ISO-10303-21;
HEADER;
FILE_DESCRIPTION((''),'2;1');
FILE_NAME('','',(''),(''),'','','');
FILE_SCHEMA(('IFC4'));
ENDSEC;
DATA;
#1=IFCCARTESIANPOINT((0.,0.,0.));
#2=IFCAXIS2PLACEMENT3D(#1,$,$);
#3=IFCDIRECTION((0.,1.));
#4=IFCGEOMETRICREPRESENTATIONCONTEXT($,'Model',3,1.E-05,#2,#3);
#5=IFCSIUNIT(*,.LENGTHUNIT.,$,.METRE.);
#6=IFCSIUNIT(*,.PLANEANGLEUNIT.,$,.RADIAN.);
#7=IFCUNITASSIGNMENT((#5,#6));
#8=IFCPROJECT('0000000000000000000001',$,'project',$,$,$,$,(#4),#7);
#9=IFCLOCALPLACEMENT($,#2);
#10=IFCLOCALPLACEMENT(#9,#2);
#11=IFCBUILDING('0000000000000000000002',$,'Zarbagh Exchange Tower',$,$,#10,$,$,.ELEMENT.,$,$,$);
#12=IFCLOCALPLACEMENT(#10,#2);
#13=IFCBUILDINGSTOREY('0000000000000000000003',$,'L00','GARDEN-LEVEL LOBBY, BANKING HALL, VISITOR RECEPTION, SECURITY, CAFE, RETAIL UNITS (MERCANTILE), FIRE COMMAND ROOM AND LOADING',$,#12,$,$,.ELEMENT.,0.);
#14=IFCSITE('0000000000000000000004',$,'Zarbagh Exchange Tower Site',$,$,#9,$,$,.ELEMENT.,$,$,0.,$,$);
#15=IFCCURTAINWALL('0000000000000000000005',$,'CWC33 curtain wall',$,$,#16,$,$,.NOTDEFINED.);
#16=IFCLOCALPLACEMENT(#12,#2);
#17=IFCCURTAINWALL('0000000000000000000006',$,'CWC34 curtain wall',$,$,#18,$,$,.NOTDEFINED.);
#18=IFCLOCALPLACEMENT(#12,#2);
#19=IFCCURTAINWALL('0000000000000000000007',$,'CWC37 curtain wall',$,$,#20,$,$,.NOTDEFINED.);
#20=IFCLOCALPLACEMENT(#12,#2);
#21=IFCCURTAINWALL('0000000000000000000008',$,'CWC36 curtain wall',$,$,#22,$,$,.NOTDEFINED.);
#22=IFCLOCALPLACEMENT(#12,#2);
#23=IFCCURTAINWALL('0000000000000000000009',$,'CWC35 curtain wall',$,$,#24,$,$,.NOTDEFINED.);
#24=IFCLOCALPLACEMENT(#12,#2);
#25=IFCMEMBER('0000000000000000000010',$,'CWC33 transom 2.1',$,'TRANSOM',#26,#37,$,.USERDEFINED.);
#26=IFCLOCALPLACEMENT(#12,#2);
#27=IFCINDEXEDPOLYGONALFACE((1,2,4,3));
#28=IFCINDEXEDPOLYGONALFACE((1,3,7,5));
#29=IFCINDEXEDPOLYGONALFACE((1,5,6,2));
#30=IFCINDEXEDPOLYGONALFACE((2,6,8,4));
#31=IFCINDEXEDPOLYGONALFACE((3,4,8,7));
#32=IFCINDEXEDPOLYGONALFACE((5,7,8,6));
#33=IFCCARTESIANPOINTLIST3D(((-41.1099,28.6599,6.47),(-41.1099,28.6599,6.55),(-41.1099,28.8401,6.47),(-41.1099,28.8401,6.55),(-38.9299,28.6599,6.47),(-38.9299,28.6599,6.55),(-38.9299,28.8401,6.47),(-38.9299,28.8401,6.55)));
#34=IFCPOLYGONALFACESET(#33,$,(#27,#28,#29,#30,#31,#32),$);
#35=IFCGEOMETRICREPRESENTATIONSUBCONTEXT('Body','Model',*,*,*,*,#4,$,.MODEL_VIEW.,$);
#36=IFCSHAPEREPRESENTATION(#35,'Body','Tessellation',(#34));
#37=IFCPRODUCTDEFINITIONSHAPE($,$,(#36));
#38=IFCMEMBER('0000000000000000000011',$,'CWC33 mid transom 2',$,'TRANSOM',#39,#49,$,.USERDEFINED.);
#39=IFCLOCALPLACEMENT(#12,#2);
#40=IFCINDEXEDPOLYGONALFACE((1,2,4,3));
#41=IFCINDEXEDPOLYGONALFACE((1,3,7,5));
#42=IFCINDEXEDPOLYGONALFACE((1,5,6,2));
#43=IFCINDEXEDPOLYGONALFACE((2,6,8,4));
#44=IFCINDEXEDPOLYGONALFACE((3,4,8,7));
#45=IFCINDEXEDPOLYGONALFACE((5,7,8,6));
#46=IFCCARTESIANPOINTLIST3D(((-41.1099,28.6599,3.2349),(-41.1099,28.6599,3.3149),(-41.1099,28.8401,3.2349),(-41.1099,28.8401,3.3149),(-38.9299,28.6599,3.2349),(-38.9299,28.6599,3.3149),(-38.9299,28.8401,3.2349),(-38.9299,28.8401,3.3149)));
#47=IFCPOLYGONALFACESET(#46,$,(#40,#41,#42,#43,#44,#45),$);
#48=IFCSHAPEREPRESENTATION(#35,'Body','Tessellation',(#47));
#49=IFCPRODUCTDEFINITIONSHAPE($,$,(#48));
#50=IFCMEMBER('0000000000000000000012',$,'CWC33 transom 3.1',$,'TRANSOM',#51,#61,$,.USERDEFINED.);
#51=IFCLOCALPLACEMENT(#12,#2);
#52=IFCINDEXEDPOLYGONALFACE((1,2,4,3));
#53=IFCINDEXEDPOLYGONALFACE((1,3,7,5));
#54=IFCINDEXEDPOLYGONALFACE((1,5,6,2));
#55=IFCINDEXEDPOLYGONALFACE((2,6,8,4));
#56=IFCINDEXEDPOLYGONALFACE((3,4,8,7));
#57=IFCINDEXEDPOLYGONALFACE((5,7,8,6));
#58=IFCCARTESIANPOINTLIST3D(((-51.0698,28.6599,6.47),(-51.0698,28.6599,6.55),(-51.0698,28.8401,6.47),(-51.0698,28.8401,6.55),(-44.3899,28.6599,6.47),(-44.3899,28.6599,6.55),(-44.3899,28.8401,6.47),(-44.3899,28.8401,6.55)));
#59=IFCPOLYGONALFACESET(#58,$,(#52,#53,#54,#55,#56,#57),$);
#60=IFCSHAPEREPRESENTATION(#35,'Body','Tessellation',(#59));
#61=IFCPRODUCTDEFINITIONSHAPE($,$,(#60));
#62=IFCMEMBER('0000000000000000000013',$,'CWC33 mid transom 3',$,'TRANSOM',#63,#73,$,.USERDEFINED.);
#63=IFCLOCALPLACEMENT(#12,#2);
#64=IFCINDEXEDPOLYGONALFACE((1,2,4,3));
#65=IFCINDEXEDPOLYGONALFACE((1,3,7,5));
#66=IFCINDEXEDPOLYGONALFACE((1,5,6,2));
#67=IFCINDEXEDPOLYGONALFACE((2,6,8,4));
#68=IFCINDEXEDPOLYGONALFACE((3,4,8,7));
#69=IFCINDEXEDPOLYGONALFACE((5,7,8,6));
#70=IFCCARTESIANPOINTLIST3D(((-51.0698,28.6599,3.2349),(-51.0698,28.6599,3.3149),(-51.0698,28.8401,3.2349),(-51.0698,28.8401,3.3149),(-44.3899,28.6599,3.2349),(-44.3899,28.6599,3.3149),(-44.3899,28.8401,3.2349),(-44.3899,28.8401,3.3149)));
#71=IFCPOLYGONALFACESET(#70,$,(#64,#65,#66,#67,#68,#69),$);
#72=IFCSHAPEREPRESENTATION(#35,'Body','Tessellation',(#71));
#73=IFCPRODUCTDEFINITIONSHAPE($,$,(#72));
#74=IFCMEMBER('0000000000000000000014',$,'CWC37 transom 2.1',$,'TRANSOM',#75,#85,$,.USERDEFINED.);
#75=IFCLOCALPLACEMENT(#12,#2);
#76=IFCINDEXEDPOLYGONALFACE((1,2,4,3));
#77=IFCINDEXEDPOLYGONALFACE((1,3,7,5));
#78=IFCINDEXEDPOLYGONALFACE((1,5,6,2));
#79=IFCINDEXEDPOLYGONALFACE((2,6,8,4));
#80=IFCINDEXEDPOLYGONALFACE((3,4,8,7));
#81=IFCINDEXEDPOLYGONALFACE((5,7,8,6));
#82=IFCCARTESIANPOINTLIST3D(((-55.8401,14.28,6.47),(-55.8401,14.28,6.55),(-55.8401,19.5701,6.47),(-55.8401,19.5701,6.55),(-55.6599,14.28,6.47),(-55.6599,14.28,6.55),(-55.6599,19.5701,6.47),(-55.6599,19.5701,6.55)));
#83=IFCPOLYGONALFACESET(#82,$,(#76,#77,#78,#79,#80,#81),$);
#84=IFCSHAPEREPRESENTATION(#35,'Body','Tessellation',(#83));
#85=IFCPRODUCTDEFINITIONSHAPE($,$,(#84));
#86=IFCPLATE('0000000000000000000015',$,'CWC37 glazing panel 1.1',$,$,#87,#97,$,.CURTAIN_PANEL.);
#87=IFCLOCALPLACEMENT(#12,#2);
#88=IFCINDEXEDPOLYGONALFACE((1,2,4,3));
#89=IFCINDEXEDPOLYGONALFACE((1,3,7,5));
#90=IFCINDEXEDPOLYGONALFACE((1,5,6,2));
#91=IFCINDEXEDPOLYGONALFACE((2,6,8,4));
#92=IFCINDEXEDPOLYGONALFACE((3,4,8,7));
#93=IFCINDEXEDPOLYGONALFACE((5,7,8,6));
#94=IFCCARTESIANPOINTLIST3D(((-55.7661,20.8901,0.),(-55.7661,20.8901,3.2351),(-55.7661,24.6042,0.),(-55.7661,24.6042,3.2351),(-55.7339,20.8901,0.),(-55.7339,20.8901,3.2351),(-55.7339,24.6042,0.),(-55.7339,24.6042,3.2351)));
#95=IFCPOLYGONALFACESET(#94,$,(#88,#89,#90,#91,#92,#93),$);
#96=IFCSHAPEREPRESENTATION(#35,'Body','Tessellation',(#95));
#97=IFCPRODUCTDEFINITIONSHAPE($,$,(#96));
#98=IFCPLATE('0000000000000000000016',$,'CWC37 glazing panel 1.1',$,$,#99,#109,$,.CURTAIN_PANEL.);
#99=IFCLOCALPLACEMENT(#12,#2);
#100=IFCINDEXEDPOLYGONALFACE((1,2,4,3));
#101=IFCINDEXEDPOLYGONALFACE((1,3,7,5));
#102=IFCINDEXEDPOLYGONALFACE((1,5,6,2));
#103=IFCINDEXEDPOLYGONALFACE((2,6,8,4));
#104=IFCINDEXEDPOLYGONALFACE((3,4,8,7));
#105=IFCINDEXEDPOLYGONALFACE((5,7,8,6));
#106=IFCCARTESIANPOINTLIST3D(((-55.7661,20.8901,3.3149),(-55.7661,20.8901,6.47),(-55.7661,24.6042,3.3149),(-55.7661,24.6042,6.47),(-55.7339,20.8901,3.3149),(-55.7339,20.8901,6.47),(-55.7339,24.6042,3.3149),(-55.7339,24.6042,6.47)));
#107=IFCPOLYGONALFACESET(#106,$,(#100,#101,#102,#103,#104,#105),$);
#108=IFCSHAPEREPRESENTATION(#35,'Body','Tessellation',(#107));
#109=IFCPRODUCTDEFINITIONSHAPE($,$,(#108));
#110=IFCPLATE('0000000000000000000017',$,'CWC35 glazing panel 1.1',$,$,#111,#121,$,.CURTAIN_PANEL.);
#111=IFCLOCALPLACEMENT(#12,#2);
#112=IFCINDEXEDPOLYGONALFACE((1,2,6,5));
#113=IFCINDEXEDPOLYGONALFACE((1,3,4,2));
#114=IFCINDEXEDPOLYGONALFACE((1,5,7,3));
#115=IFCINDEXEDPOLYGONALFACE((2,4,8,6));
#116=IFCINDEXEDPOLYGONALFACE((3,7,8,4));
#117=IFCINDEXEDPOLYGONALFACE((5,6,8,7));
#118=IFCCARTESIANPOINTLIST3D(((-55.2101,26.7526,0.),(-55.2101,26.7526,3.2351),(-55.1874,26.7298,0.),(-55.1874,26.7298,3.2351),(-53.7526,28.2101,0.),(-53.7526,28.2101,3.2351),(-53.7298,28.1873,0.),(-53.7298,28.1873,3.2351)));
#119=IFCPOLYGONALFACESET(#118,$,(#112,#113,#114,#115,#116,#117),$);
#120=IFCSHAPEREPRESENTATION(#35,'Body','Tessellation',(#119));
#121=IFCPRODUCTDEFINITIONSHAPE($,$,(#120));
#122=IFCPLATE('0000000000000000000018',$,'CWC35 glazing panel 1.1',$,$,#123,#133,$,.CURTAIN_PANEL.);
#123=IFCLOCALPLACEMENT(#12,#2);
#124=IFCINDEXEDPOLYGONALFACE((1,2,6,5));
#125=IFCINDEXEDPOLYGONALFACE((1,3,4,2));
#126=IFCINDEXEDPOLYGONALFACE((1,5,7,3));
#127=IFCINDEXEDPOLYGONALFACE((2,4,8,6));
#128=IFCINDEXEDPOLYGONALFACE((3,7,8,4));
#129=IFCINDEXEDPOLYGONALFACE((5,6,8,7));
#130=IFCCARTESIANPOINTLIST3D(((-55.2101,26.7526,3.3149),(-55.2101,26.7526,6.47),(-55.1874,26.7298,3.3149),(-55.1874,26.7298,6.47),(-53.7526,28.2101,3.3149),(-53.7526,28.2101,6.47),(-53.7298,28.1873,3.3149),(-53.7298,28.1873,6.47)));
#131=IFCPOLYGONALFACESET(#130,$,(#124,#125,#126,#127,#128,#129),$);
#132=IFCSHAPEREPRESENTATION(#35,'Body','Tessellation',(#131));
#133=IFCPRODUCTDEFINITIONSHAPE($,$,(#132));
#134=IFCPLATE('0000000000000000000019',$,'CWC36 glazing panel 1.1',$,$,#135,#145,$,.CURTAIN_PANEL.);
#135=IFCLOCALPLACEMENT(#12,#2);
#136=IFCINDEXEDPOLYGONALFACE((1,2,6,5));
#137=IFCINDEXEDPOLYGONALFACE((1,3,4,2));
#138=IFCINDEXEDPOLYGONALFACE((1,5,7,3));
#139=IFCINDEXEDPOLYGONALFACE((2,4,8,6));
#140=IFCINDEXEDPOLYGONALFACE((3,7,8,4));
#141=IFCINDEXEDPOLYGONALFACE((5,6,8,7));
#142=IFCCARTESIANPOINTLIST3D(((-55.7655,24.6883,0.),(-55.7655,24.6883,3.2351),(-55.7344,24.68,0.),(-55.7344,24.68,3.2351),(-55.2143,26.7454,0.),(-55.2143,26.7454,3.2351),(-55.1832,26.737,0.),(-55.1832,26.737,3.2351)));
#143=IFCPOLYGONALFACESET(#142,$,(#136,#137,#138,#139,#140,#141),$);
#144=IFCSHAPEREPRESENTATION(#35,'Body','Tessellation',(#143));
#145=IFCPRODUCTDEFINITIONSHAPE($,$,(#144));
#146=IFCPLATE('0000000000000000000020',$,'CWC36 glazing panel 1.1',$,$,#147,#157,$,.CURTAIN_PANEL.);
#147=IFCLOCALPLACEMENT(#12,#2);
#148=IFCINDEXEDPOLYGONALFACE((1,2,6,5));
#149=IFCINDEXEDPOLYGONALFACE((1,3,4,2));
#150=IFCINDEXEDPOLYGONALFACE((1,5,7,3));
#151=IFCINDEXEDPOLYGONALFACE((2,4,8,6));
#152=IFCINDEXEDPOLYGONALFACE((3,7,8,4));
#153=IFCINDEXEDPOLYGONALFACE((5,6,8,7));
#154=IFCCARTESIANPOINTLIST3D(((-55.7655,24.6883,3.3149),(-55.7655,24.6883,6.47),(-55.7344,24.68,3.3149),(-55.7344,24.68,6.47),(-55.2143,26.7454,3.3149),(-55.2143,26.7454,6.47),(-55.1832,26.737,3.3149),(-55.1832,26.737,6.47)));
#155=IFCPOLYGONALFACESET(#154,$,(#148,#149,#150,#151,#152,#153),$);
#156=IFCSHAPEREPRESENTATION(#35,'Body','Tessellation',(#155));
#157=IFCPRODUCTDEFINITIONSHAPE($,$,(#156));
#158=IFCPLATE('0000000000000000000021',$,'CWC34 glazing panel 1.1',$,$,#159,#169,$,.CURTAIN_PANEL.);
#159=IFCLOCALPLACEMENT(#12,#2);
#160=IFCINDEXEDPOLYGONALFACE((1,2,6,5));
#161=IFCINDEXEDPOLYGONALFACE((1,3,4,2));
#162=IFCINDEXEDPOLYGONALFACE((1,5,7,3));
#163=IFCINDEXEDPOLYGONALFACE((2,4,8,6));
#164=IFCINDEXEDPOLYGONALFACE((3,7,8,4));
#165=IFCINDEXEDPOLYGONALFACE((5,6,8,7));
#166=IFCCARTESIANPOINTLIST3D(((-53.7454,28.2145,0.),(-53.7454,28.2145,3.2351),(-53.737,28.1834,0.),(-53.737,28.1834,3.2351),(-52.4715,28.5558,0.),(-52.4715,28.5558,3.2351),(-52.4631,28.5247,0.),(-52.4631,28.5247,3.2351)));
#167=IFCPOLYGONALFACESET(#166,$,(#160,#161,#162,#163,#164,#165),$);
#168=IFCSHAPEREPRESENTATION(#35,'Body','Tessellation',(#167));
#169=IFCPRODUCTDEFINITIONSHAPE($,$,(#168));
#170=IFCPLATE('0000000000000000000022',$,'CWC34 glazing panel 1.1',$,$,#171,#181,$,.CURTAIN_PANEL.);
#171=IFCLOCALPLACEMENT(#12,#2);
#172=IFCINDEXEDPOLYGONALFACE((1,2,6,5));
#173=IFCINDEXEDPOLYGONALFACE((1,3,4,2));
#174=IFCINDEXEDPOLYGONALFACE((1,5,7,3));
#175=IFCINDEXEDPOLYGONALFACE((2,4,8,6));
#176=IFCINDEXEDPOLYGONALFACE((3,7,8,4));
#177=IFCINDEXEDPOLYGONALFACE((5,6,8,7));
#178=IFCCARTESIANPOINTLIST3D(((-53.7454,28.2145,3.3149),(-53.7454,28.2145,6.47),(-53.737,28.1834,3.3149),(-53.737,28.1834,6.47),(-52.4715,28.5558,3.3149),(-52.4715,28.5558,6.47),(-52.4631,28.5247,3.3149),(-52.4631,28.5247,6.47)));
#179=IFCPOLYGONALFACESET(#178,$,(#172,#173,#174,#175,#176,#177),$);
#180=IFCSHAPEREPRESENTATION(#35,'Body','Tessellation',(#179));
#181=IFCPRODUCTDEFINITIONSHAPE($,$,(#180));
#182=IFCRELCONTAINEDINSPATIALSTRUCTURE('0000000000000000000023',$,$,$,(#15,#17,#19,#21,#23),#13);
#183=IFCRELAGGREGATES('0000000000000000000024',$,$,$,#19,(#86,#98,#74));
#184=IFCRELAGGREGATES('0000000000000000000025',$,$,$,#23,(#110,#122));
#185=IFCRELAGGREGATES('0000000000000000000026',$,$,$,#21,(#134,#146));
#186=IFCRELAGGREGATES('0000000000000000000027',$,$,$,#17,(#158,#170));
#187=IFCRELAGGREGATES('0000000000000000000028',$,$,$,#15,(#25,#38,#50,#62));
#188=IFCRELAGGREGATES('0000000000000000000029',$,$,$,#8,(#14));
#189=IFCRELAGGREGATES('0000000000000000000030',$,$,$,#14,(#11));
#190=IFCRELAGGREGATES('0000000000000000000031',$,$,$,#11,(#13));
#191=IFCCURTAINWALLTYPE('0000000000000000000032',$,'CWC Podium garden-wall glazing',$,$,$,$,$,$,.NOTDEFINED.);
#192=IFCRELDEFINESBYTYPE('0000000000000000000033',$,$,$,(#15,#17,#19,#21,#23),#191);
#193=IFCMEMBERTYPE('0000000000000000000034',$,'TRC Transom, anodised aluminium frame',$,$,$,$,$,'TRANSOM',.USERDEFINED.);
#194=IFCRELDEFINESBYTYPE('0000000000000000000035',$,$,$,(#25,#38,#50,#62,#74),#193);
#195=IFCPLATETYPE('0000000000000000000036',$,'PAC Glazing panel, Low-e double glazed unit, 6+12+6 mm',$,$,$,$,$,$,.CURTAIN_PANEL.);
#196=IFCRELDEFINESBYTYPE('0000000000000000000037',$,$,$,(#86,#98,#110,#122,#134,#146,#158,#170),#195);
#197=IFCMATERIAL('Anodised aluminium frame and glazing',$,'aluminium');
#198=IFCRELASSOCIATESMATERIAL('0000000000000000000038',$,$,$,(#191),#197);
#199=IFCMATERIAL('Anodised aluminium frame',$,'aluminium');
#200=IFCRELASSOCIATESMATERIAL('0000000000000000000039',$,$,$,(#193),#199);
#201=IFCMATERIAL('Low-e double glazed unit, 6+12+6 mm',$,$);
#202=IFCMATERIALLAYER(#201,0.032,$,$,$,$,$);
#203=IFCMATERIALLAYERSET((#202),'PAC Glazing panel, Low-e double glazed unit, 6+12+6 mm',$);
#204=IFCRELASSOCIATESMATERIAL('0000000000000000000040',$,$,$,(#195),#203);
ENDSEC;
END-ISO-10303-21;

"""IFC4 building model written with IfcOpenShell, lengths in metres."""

from ifc_helpers import new_model, si_unit, direction, origin, place, context, subcontext, project, spatial, polyline, outline, extrude, source, transform, mapped, material, layer, layer_set, type_object, element, aggregate, save


model = new_model("IFC4")

# Units and contexts
model_context = context("Model", 3, precision=1e-05, world=origin(), true_north=direction((0.0, 1.0)))
body_context = subcontext(model_context, "Body", "Model", "MODEL_VIEW")
ifc_project = project(units=[si_unit("LENGTHUNIT", "METRE"), si_unit("PLANEANGLEUNIT", "RADIAN")], contexts=[model_context])

# Site, building, storey
site_placement = place(None, origin())
site = spatial("IfcSite", under=ifc_project, at=site_placement, Name="Zarbagh Exchange Tower Site", CompositionType="ELEMENT", RefElevation=0.0)
building_placement = place(site_placement, origin())
building = spatial("IfcBuilding", under=site, at=building_placement, Name="Zarbagh Exchange Tower", CompositionType="ELEMENT")
storey_placement = place(building_placement, origin())
storey = spatial("IfcBuildingStorey", under=building, at=storey_placement, Name="L00", Description="GARDEN-LEVEL LOBBY, BANKING HALL, VISITOR RECEPTION, SECURITY, CAFE, RETAIL UNITS (MERCANTILE), FIRE COMMAND ROOM AND LOADING", CompositionType="ELEMENT", Elevation=0.0)

# Curtain wall
ifc_material_1 = material(Name="Anodised aluminium frame and glazing", Category="aluminium")
curtain_wall_type = type_object("IfcCurtainWallType", Name="CWC Podium garden-wall glazing", PredefinedType="NOTDEFINED", material=ifc_material_1)
curtain_wall_1_placement = place(storey_placement, origin())
curtain_wall_1 = element("IfcCurtainWall", 1, at=curtain_wall_1_placement, inside=storey, type_object=curtain_wall_type, Name="CWC33 curtain wall", PredefinedType="NOTDEFINED")
ifc_material_2 = material(Name="Anodised aluminium frame", Category="aluminium")
placement = place(storey_placement, origin())

# Curtain wall
curtain_wall_2_placement = place(storey_placement, origin())
curtain_wall_2 = element("IfcCurtainWall", 2, at=curtain_wall_2_placement, inside=storey, type_object=curtain_wall_type, Name="CWC34 curtain wall", PredefinedType="NOTDEFINED")

# Curtain walls
curtain_wall_3_placement = place(storey_placement, origin())
curtain_wall_3 = element("IfcCurtainWall", 3, at=curtain_wall_3_placement, inside=storey, type_object=curtain_wall_type, Name="CWC37 curtain wall", PredefinedType="NOTDEFINED")
member_type_1 = type_object("IfcMemberType", Name="TRC Transom, anodised aluminium frame", ElementType="TRANSOM", PredefinedType="USERDEFINED", material=ifc_material_2)
curtain_wall_4_placement = place(storey_placement, origin())
curtain_wall_4 = element("IfcCurtainWall", 4, at=curtain_wall_4_placement, inside=storey, type_object=curtain_wall_type, Name="CWC36 curtain wall", PredefinedType="NOTDEFINED")
curtain_wall_5_placement = place(storey_placement, origin())
curtain_wall_5 = element("IfcCurtainWall", 5, at=curtain_wall_5_placement, inside=storey, type_object=curtain_wall_type, Name="CWC35 curtain wall", PredefinedType="NOTDEFINED")

# Members
shared_shape_1 = source(origin(), body_context, "Body", "SweptSolid", [
    extrude(outline(polyline([(-0.0801, -0.0901), (0.0, -0.0901), (0.0, 0.0901), (-0.0801, 0.0901), (-0.0801, -0.0901)])), origin(), (0.0, 0.0, 1.0), 2.1799),
])
member_1 = element("IfcMember", 6, at=placement, type_object=member_type_1, Name="CWC33 transom 2.1", ObjectType="TRANSOM", PredefinedType="USERDEFINED", context=body_context, shape_type="MappedRepresentation", body=[
    mapped(shared_shape_1, transform((-38.9299, 28.75, 6.55), x_axis=(0.0, 0.0, 1.0), y_axis=(0.0, 1.0, 0.0), z_axis=(-1.0, 0.0, 0.0))),
])
shared_shape_2 = source(origin(), body_context, "Body", "SweptSolid", [
    extrude(outline(polyline([(-0.04, -0.0901), (0.04, -0.0901), (0.04, 0.0901), (-0.04, 0.0901), (-0.04, -0.0901)])), origin(), (0.0, 0.0, 1.0), 2.1799),
])
member_2 = element("IfcMember", 7, at=placement, type_object=member_type_1, Name="CWC33 mid transom 2", ObjectType="TRANSOM", PredefinedType="USERDEFINED", context=body_context, shape_type="MappedRepresentation", body=[
    mapped(shared_shape_2, transform((-38.9299, 28.75, 3.2749), x_axis=(0.0, 0.0, 1.0), y_axis=(0.0, 1.0, 0.0), z_axis=(-1.0, 0.0, 0.0))),
])
shared_shape_3 = source(origin(), body_context, "Body", "SweptSolid", [
    extrude(outline(polyline([(-0.0801, -0.0901), (0.0, -0.0901), (0.0, 0.0901), (-0.0801, 0.0901), (-0.0801, -0.0901)])), origin(), (0.0, 0.0, 1.0), 6.6799),
])
member_3 = element("IfcMember", 8, at=placement, type_object=member_type_1, Name="CWC33 transom 3.1", ObjectType="TRANSOM", PredefinedType="USERDEFINED", context=body_context, shape_type="MappedRepresentation", body=[
    mapped(shared_shape_3, transform((-44.3899, 28.75, 6.55), x_axis=(0.0, 0.0, 1.0), y_axis=(0.0, 1.0, 0.0), z_axis=(-1.0, 0.0, 0.0))),
])
shared_shape_4 = source(origin(), body_context, "Body", "SweptSolid", [
    extrude(outline(polyline([(-0.04, -0.0901), (0.04, -0.0901), (0.04, 0.0901), (-0.04, 0.0901), (-0.04, -0.0901)])), origin(), (0.0, 0.0, 1.0), 6.6799),
])
member_4 = element("IfcMember", 9, at=placement, type_object=member_type_1, Name="CWC33 mid transom 3", ObjectType="TRANSOM", PredefinedType="USERDEFINED", context=body_context, shape_type="MappedRepresentation", body=[
    mapped(shared_shape_4, transform((-44.3899, 28.75, 3.2749), x_axis=(0.0, 0.0, 1.0), y_axis=(0.0, 1.0, 0.0), z_axis=(-1.0, 0.0, 0.0))),
])
shared_shape_5 = source(origin(), body_context, "Body", "SweptSolid", [
    extrude(outline(polyline([(-0.0801, -0.0901), (0.0, -0.0901), (0.0, 0.0901), (-0.0801, 0.0901), (-0.0801, -0.0901)])), origin(), (0.0, 0.0, 1.0), 5.29),
])
member_5 = element("IfcMember", 10, at=placement, type_object=member_type_1, Name="CWC37 transom 2.1", ObjectType="TRANSOM", PredefinedType="USERDEFINED", context=body_context, shape_type="MappedRepresentation", body=[
    mapped(shared_shape_5, transform((-55.75, 19.5701, 6.55), x_axis=(0.0, 0.0, 1.0), y_axis=(-1.0, 0.0, 0.0), z_axis=(0.0, -1.0, 0.0))),
])

# Plates
ifc_material_3 = material(Name="Low-e double glazed unit, 6+12+6 mm")
ifc_layer = layer(ifc_material_3, 0.032)
ifc_layer_set = layer_set([ifc_layer], Name="PAC Glazing panel, Low-e double glazed unit, 6+12+6 mm")
plate_type = type_object("IfcPlateType", Name="PAC Glazing panel, Low-e double glazed unit, 6+12+6 mm", PredefinedType="CURTAIN_PANEL", material=ifc_layer_set)
shared_shape_6 = source(origin(), body_context, "Body", "SweptSolid", [
    extrude(outline(polyline([(0.0, -0.0161), (3.7141, -0.0161), (3.7141, 0.0161), (0.0, 0.0161), (0.0, -0.0161)])), origin(), (0.0, 0.0, 1.0), 3.2351),
])
plate_1 = element("IfcPlate", 11, at=placement, type_object=plate_type, Name="CWC37 glazing panel 1.1", PredefinedType="CURTAIN_PANEL", context=body_context, shape_type="MappedRepresentation", body=[
    mapped(shared_shape_6, transform((-55.75, 24.6042, 0.0), x_axis=(0.0, -1.0, 0.0), y_axis=(1.0, 0.0, 0.0), z_axis=(0.0, 0.0, 1.0))),
])
shared_shape_7 = source(origin(), body_context, "Body", "SweptSolid", [
    extrude(outline(polyline([(0.0, -0.0161), (3.7141, -0.0161), (3.7141, 0.0161), (0.0, 0.0161), (0.0, -0.0161)])), origin(), (0.0, 0.0, 1.0), 3.155),
])
plate_2 = element("IfcPlate", 12, at=placement, type_object=plate_type, Name="CWC37 glazing panel 1.1", PredefinedType="CURTAIN_PANEL", context=body_context, shape_type="MappedRepresentation", body=[
    mapped(shared_shape_7, transform((-55.75, 24.6042, 3.3149), x_axis=(0.0, -1.0, 0.0), y_axis=(1.0, 0.0, 0.0), z_axis=(0.0, 0.0, 1.0))),
])
aggregate(curtain_wall_3, [plate_1, plate_2, member_5])
shared_shape_8 = source(origin(), body_context, "Body", "SweptSolid", [
    extrude(outline(polyline([(0.0, -0.0161), (2.0613, -0.0161), (2.0613, 0.0161), (0.0, 0.0161), (0.0, -0.0161)])), origin(), (0.0, 0.0, 1.0), 3.2351),
])
plate_3 = element("IfcPlate", 13, at=placement, type_object=plate_type, Name="CWC35 glazing panel 1.1", PredefinedType="CURTAIN_PANEL", context=body_context, shape_type="MappedRepresentation", body=[
    mapped(shared_shape_8, transform((-53.7412, 28.1987, 0.0), x_axis=(-0.707107, -0.707107, 0.0), y_axis=(0.707107, -0.707107, 0.0), z_axis=(0.0, 0.0, 1.0))),
])
shared_shape_9 = source(origin(), body_context, "Body", "SweptSolid", [
    extrude(outline(polyline([(0.0, -0.0161), (2.0613, -0.0161), (2.0613, 0.0161), (0.0, 0.0161), (0.0, -0.0161)])), origin(), (0.0, 0.0, 1.0), 3.155),
])
plate_4 = element("IfcPlate", 14, at=placement, type_object=plate_type, Name="CWC35 glazing panel 1.1", PredefinedType="CURTAIN_PANEL", context=body_context, shape_type="MappedRepresentation", body=[
    mapped(shared_shape_9, transform((-53.7412, 28.1987, 3.3149), x_axis=(-0.707107, -0.707107, 0.0), y_axis=(0.707107, -0.707107, 0.0), z_axis=(0.0, 0.0, 1.0))),
])
aggregate(curtain_wall_5, [plate_3, plate_4])
shared_shape_10 = source(origin(), body_context, "Body", "SweptSolid", [
    extrude(outline(polyline([(0.0, -0.0161), (2.1296, -0.0161), (2.1296, 0.0161), (0.0, 0.0161), (0.0, -0.0161)])), origin(), (0.0, 0.0, 1.0), 3.2351),
])
plate_5 = element("IfcPlate", 15, at=placement, type_object=plate_type, Name="CWC36 glazing panel 1.1", PredefinedType="CURTAIN_PANEL", context=body_context, shape_type="MappedRepresentation", body=[
    mapped(shared_shape_10, transform((-55.1987, 26.7412, 0.0), x_axis=(-0.258825, -0.965924, 0.0), y_axis=(0.965924, -0.258825, 0.0), z_axis=(0.0, 0.0, 1.0))),
])
shared_shape_11 = source(origin(), body_context, "Body", "SweptSolid", [
    extrude(outline(polyline([(0.0, -0.0161), (2.1296, -0.0161), (2.1296, 0.0161), (0.0, 0.0161), (0.0, -0.0161)])), origin(), (0.0, 0.0, 1.0), 3.155),
])
plate_6 = element("IfcPlate", 16, at=placement, type_object=plate_type, Name="CWC36 glazing panel 1.1", PredefinedType="CURTAIN_PANEL", context=body_context, shape_type="MappedRepresentation", body=[
    mapped(shared_shape_11, transform((-55.1987, 26.7412, 3.3149), x_axis=(-0.258825, -0.965924, 0.0), y_axis=(0.965924, -0.258825, 0.0), z_axis=(0.0, 0.0, 1.0))),
])
aggregate(curtain_wall_4, [plate_5, plate_6])
shared_shape_12 = source(origin(), body_context, "Body", "SweptSolid", [
    extrude(outline(polyline([(0.0, -0.0161), (1.3188, -0.0161), (1.3188, 0.0161), (0.0, 0.0161), (0.0, -0.0161)])), origin(), (0.0, 0.0, 1.0), 3.2351),
])
plate_7 = element("IfcPlate", 17, at=placement, type_object=plate_type, Name="CWC34 glazing panel 1.1", PredefinedType="CURTAIN_PANEL", context=body_context, shape_type="MappedRepresentation", body=[
    mapped(shared_shape_12, transform((-52.4673, 28.5403, 0.0), x_axis=(-0.965924, -0.258825, 0.0), y_axis=(0.258825, -0.965924, 0.0), z_axis=(0.0, 0.0, 1.0))),
])
shared_shape_13 = source(origin(), body_context, "Body", "SweptSolid", [
    extrude(outline(polyline([(0.0, -0.0161), (1.3188, -0.0161), (1.3188, 0.0161), (0.0, 0.0161), (0.0, -0.0161)])), origin(), (0.0, 0.0, 1.0), 3.155),
])
plate_8 = element("IfcPlate", 18, at=placement, type_object=plate_type, Name="CWC34 glazing panel 1.1", PredefinedType="CURTAIN_PANEL", context=body_context, shape_type="MappedRepresentation", body=[
    mapped(shared_shape_13, transform((-52.4673, 28.5403, 3.3149), x_axis=(-0.965924, -0.258825, 0.0), y_axis=(0.258825, -0.965924, 0.0), z_axis=(0.0, 0.0, 1.0))),
])
aggregate(curtain_wall_2, [plate_7, plate_8])
aggregate(curtain_wall_1, [member_1, member_2, member_3, member_4])

save(model, "model.ifc")
